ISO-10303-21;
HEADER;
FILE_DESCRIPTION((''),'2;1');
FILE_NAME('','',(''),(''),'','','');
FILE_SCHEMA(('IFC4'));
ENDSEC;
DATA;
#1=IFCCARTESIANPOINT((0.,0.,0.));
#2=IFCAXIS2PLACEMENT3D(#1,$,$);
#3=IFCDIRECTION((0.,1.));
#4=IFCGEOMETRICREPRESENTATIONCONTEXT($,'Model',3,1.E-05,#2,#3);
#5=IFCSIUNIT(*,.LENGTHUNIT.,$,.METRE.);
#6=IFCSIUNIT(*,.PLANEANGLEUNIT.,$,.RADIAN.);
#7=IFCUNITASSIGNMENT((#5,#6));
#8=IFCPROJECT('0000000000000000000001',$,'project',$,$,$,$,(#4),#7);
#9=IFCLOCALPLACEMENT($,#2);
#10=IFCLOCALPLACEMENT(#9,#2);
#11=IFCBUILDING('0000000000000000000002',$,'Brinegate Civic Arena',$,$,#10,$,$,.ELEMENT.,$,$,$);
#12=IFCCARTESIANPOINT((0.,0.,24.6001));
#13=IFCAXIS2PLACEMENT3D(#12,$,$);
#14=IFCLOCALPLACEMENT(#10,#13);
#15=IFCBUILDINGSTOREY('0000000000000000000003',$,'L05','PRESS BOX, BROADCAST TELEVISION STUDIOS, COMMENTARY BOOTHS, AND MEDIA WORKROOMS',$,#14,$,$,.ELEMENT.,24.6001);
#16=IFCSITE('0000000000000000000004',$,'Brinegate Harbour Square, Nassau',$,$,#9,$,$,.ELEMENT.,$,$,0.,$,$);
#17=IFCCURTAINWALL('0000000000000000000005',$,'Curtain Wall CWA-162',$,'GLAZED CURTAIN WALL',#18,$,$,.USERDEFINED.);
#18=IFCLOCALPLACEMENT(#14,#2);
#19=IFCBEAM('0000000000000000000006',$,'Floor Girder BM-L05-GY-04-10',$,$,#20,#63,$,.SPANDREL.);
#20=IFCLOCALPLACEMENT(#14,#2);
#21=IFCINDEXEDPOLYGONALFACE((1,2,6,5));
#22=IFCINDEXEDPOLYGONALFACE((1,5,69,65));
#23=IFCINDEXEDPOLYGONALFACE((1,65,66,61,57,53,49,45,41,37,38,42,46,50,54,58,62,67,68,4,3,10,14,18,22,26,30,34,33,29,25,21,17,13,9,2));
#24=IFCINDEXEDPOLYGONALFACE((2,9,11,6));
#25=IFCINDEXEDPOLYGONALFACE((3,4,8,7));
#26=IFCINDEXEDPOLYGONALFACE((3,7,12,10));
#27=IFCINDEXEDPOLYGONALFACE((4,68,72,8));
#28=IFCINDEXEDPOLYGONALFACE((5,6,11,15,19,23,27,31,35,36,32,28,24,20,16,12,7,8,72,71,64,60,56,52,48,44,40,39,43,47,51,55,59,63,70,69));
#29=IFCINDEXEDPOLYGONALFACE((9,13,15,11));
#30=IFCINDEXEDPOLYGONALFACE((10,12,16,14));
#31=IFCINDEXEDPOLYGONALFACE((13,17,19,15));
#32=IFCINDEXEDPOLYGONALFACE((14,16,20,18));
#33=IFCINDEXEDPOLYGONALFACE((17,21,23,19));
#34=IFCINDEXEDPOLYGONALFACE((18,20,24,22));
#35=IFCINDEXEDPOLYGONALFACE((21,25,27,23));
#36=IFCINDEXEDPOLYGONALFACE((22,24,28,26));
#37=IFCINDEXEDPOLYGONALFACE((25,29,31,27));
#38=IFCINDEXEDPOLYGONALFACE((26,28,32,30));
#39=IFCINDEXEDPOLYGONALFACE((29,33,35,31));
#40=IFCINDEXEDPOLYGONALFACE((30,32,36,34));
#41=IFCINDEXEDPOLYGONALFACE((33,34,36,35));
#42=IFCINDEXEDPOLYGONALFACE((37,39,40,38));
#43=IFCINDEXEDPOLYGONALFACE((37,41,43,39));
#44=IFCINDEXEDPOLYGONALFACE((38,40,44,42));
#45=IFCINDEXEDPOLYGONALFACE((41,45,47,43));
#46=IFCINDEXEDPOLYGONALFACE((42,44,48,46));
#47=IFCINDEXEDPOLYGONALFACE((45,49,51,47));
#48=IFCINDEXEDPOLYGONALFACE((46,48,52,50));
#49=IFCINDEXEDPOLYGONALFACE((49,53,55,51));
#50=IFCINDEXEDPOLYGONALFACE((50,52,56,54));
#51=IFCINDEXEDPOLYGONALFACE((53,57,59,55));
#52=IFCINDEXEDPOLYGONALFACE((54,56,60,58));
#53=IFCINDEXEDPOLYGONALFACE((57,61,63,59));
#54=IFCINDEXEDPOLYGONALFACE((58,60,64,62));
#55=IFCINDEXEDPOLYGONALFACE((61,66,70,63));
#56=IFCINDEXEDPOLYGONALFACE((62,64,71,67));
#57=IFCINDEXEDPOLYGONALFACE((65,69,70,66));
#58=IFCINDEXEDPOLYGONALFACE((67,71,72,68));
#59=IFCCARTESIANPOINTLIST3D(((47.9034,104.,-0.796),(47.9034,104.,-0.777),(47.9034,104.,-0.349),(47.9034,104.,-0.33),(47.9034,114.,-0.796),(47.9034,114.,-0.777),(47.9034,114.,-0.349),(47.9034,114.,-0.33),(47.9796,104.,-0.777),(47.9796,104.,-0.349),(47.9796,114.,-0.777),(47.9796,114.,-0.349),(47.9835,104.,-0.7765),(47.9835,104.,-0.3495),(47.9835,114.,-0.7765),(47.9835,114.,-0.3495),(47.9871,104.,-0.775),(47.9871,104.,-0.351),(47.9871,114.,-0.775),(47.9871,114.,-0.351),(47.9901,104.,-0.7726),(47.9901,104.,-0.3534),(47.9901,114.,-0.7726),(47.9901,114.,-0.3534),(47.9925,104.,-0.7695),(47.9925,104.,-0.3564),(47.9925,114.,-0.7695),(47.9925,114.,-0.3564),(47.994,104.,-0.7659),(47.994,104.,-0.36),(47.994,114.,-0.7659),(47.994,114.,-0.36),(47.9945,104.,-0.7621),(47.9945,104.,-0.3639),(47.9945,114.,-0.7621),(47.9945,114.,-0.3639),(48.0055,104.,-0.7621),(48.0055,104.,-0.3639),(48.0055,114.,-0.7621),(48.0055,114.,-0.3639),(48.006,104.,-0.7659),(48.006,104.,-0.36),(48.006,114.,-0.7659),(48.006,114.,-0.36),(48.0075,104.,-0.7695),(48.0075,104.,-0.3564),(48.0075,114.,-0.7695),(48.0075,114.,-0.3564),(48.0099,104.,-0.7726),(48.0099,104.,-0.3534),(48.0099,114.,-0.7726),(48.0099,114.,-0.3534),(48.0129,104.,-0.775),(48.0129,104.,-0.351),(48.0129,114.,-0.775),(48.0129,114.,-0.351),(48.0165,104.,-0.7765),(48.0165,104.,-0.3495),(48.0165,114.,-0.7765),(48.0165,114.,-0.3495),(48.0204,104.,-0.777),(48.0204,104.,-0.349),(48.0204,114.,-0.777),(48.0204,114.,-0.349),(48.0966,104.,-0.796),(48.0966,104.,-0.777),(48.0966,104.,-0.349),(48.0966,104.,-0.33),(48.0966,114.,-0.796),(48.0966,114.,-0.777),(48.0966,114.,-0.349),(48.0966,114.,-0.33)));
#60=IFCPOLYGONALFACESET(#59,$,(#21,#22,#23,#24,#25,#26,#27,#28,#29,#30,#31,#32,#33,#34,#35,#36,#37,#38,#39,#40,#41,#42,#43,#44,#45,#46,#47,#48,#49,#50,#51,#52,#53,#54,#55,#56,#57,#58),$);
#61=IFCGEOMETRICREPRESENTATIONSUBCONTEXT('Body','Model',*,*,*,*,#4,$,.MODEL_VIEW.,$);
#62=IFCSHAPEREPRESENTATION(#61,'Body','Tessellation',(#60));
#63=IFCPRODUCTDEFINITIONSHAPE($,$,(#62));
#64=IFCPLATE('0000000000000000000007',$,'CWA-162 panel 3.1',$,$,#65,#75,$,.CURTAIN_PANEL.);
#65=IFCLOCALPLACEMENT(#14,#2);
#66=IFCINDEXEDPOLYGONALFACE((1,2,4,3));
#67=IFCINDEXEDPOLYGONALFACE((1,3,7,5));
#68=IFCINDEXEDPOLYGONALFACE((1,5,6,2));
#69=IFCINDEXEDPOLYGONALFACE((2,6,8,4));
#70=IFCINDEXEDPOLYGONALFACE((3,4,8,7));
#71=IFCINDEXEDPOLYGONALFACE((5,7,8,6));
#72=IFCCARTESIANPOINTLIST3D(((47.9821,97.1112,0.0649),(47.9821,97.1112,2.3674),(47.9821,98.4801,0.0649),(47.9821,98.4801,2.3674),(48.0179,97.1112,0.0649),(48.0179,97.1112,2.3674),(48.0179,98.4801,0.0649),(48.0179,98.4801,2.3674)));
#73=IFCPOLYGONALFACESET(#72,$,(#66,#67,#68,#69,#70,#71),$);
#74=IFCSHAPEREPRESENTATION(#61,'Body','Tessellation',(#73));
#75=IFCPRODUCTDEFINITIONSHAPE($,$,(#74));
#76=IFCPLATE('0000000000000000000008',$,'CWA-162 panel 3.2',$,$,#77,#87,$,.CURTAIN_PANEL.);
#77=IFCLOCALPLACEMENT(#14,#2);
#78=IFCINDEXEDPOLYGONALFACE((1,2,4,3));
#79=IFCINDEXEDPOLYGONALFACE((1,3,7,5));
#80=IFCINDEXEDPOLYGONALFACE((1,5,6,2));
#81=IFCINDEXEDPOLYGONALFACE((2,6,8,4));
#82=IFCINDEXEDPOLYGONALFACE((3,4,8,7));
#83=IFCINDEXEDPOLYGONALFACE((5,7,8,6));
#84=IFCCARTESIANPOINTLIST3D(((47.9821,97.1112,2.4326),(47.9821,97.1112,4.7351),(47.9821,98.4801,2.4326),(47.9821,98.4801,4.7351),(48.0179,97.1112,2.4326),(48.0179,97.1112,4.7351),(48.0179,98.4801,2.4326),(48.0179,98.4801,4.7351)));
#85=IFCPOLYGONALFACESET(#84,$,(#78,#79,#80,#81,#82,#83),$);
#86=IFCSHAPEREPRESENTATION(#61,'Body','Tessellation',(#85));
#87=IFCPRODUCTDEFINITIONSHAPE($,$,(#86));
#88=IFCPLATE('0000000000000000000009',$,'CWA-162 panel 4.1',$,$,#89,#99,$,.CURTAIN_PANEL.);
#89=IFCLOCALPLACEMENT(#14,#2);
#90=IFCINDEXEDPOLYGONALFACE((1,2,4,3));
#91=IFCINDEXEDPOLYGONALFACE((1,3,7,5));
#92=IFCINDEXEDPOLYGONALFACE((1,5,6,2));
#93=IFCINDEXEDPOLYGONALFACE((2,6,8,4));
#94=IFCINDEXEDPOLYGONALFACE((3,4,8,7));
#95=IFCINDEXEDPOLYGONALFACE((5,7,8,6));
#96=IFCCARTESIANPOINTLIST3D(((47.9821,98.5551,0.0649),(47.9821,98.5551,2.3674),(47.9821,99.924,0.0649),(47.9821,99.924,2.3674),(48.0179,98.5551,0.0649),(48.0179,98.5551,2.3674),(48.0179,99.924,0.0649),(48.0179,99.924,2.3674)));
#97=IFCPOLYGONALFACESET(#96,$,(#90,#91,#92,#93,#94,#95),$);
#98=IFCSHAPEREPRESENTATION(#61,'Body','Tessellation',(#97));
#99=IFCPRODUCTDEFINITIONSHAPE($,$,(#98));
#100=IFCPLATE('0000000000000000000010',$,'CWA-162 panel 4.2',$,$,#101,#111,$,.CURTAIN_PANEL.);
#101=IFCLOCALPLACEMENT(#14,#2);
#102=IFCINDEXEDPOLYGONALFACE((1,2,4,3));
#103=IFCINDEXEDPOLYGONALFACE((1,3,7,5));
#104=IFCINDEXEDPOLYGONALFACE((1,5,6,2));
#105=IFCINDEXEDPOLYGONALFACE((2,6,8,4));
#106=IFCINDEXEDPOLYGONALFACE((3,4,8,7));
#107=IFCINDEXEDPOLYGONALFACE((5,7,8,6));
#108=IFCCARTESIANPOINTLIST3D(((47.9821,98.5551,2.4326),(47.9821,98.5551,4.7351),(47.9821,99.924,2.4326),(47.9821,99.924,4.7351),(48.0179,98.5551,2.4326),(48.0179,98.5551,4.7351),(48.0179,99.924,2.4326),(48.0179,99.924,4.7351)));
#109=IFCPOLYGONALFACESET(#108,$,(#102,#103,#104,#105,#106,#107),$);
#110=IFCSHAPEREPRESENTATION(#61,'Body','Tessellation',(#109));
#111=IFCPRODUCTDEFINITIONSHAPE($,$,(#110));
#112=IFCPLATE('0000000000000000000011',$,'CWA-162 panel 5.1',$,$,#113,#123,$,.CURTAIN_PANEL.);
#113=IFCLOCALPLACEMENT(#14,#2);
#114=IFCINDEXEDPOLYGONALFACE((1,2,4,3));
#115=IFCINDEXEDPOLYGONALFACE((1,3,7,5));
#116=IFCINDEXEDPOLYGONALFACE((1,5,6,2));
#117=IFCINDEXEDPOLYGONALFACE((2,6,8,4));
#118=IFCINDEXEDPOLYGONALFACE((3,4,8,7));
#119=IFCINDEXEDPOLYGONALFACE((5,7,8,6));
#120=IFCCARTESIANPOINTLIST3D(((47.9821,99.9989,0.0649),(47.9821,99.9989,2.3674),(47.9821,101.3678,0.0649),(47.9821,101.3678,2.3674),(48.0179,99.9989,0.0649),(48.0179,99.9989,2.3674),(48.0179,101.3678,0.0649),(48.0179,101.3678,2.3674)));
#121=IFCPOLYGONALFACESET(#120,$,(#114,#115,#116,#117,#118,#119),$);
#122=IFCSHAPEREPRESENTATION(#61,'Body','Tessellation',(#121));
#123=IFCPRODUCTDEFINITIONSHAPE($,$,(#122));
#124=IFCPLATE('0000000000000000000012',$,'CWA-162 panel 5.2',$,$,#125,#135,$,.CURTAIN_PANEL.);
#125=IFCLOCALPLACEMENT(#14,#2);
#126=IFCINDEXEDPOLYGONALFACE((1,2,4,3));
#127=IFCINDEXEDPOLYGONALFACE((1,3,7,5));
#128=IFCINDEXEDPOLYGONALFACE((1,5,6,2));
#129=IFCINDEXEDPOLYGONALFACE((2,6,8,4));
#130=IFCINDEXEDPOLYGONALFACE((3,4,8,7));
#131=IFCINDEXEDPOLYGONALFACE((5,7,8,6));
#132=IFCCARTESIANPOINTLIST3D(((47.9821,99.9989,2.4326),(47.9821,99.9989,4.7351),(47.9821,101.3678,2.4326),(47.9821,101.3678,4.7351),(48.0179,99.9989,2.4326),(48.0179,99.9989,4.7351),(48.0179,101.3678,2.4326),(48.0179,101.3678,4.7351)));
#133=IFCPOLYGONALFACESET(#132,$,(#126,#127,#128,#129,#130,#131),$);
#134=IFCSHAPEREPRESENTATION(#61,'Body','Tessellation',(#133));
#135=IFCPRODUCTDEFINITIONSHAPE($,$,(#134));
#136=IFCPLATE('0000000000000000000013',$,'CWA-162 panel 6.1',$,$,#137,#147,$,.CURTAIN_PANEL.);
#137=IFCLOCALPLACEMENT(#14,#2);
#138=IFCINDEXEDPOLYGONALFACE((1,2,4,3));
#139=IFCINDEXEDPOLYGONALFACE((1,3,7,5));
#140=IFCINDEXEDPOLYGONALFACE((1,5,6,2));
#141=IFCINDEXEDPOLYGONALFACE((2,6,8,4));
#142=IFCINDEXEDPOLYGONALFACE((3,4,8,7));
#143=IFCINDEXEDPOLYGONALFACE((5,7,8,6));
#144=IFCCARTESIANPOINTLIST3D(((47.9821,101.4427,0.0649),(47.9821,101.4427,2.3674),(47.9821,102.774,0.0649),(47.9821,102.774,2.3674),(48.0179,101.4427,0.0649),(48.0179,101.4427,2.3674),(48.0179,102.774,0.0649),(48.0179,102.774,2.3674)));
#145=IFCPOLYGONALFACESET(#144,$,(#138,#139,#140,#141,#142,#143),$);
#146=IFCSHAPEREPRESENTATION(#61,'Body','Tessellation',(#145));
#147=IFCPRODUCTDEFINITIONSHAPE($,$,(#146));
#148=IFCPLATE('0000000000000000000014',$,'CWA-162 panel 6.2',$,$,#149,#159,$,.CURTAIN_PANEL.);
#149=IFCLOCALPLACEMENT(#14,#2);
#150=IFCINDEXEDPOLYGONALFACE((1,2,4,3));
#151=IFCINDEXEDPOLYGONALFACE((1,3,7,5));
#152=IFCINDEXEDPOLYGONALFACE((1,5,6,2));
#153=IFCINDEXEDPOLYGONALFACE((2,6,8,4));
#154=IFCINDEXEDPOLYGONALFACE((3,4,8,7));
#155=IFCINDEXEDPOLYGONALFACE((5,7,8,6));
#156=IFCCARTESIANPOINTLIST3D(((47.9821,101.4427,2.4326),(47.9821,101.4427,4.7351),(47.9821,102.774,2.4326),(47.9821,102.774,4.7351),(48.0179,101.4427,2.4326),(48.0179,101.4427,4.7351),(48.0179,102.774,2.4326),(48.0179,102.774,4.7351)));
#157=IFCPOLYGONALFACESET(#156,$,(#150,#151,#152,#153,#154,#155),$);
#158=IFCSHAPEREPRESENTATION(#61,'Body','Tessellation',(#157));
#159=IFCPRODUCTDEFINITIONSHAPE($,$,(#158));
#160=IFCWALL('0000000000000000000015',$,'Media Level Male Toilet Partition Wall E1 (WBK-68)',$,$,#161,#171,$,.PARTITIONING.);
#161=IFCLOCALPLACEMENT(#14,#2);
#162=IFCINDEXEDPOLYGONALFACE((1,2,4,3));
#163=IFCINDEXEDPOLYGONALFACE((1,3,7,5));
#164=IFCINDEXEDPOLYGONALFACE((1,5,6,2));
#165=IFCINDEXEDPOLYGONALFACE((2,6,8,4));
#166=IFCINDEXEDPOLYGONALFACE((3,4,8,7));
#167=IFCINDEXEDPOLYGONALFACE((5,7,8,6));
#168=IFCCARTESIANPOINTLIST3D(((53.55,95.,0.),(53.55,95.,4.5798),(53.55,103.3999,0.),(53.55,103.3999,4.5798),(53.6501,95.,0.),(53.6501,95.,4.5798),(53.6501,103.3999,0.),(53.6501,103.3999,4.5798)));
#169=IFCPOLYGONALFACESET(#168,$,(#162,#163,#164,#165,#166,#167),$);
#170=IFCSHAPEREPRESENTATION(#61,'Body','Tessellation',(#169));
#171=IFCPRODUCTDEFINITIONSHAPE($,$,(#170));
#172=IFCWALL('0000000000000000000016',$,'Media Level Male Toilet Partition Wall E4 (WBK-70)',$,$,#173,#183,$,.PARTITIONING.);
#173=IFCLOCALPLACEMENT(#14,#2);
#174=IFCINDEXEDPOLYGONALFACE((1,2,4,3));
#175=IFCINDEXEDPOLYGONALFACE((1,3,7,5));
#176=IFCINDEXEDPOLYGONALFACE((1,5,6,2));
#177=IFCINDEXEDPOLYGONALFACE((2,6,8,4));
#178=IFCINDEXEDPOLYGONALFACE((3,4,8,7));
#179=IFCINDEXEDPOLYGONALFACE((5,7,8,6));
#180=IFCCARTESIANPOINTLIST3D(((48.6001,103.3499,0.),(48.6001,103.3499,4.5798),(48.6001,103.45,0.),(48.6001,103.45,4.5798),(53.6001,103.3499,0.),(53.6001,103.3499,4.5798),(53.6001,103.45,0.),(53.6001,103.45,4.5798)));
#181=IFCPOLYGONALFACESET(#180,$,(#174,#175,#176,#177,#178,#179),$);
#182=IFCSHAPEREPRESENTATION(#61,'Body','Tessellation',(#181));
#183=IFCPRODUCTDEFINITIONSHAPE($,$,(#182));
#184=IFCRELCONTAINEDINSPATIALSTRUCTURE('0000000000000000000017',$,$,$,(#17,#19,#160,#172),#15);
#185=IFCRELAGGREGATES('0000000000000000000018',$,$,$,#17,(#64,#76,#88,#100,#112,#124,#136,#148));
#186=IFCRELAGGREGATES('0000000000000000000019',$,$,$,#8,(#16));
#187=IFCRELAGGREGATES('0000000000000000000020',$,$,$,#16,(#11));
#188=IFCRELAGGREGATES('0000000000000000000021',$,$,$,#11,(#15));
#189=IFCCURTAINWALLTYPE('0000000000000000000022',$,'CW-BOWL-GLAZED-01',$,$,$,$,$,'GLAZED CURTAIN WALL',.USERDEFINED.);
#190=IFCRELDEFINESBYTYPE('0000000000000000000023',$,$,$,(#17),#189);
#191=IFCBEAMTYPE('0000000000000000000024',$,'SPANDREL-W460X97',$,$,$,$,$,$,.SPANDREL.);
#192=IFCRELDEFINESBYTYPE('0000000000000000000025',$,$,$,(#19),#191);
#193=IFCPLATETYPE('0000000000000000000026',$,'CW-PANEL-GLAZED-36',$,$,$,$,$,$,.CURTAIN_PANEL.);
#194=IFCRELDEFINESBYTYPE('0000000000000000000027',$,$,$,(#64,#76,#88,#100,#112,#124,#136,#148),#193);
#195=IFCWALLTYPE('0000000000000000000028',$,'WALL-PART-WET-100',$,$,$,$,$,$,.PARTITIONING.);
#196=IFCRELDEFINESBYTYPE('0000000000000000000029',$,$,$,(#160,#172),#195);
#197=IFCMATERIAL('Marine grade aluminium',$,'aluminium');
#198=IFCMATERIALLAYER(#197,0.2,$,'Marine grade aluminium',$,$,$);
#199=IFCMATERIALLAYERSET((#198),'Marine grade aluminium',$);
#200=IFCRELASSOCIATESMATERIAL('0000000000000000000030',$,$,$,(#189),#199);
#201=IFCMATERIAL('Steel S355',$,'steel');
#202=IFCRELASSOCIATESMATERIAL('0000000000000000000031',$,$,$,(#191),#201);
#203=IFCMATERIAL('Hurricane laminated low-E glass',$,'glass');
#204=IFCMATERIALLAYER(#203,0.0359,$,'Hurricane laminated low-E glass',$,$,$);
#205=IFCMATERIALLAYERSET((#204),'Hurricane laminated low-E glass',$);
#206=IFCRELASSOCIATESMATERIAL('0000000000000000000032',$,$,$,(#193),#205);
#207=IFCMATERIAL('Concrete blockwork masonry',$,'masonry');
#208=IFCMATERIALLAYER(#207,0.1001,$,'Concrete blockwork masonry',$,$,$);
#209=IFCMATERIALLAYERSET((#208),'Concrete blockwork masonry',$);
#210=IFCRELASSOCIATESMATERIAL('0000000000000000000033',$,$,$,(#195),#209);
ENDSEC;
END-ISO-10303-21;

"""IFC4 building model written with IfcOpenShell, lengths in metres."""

from ifc_helpers import new_model, si_unit, direction, frame, frame_2d, origin, origin_2d, place, context, subcontext, project, spatial, rectangle, i_section, extrude, material, layer, layer_set, material_profile, profile_set, type_object, element, aggregate, save


model = new_model("IFC4")

# Units and contexts
model_context = context("Model", 3, precision=1e-05, world=origin(), true_north=direction((0.0, 1.0)))
body_context = subcontext(model_context, "Body", "Model", "MODEL_VIEW")
ifc_project = project(units=[si_unit("LENGTHUNIT", "METRE"), si_unit("PLANEANGLEUNIT", "RADIAN")], contexts=[model_context])

# Site, building, storey
site_placement = place(None, origin())
site = spatial("IfcSite", under=ifc_project, at=site_placement, Name="Brinegate Harbour Square, Nassau", CompositionType="ELEMENT", RefElevation=0.0)
building_placement = place(site_placement, origin())
building = spatial("IfcBuilding", under=site, at=building_placement, Name="Brinegate Civic Arena", CompositionType="ELEMENT")
storey_placement = place(building_placement, frame((0.0, 0.0, 24.6001)))
storey = spatial("IfcBuildingStorey", under=building, at=storey_placement, Name="L05", Description="PRESS BOX, BROADCAST TELEVISION STUDIOS, COMMENTARY BOOTHS, AND MEDIA WORKROOMS", CompositionType="ELEMENT", Elevation=24.6001)

# Curtain wall
ifc_material_1 = material(Name="Marine grade aluminium", Category="aluminium")
ifc_layer_1 = layer(ifc_material_1, 0.2, Name="Marine grade aluminium")
ifc_layer_set_1 = layer_set([ifc_layer_1], Name="Marine grade aluminium")
curtain_wall_type = type_object("IfcCurtainWallType", Name="CW-BOWL-GLAZED-01", ElementType="GLAZED CURTAIN WALL", PredefinedType="USERDEFINED", material=ifc_layer_set_1)
curtain_wall_placement = place(storey_placement, origin())
curtain_wall = element("IfcCurtainWall", 1, at=curtain_wall_placement, inside=storey, type_object=curtain_wall_type, Name="Curtain Wall CWA-162", ObjectType="GLAZED CURTAIN WALL", PredefinedType="USERDEFINED")

# Beam
ifc_material_2 = material(Name="Steel S355", Category="steel")
ifc_material_profile_1 = material_profile(ifc_material_2, i_section(OverallWidth=0.1931, OverallDepth=0.4661, WebThickness=0.011, FlangeThickness=0.019, FilletRadius=0.0149, at=origin_2d()), Name="W460X97")
ifc_profile_set_1 = profile_set([ifc_material_profile_1], Name="Steel S355")
beam_type_1 = type_object("IfcBeamType", Name="SPANDREL-W460X97", PredefinedType="SPANDREL", material=ifc_profile_set_1)
beam_1_placement = place(storey_placement, frame((48.0, 104.0, -0.563), z_axis=(0.0, 1.0, 0.0), x_axis=(-1.0, 0.0, 0.0)))
element("IfcBeam", 2, at=beam_1_placement, inside=storey, type_object=beam_type_1, Name="Floor Girder BM-L05-GY-04-10", PredefinedType="SPANDREL", context=body_context, shape_type="SweptSolid", body=[
    extrude(i_section(OverallWidth=0.1931, OverallDepth=0.4661, WebThickness=0.011, FlangeThickness=0.019, FilletRadius=0.0149, at=origin_2d()), origin(), (0.0, 0.0, 1.0), 10.0),
])

# Plates
ifc_material_3 = material(Name="Hurricane laminated low-E glass", Category="glass")
ifc_layer_2 = layer(ifc_material_3, 0.0359, Name="Hurricane laminated low-E glass")
ifc_layer_set_2 = layer_set([ifc_layer_2], Name="Hurricane laminated low-E glass")
plate_type = type_object("IfcPlateType", Name="CW-PANEL-GLAZED-36", PredefinedType="CURTAIN_PANEL", material=ifc_layer_set_2)
plate_1_placement = place(storey_placement, frame((48.0, 97.7957, 0.0649), z_axis=(0.0, 0.0, 1.0), x_axis=(0.0, 1.0, 0.0)))
plate_1 = element("IfcPlate", 3, at=plate_1_placement, type_object=plate_type, Name="CWA-162 panel 3.1", PredefinedType="CURTAIN_PANEL", context=body_context, shape_type="SweptSolid", body=[
    extrude(rectangle(XDim=1.3689, YDim=0.0359, at=origin_2d()), origin(), (0.0, 0.0, 1.0), 2.3025),
])
plate_2_placement = place(storey_placement, frame((48.0, 97.7957, 2.4326), z_axis=(0.0, 0.0, 1.0), x_axis=(0.0, 1.0, 0.0)))
plate_2 = element("IfcPlate", 4, at=plate_2_placement, type_object=plate_type, Name="CWA-162 panel 3.2", PredefinedType="CURTAIN_PANEL", context=body_context, shape_type="SweptSolid", body=[
    extrude(rectangle(XDim=1.3689, YDim=0.0359, at=origin_2d()), origin(), (0.0, 0.0, 1.0), 2.3025),
])
plate_3_placement = place(storey_placement, frame((48.0, 99.2395, 0.0649), z_axis=(0.0, 0.0, 1.0), x_axis=(0.0, 1.0, 0.0)))
plate_3 = element("IfcPlate", 5, at=plate_3_placement, type_object=plate_type, Name="CWA-162 panel 4.1", PredefinedType="CURTAIN_PANEL", context=body_context, shape_type="SweptSolid", body=[
    extrude(rectangle(XDim=1.3689, YDim=0.0359, at=origin_2d()), origin(), (0.0, 0.0, 1.0), 2.3025),
])
plate_4_placement = place(storey_placement, frame((48.0, 99.2395, 2.4326), z_axis=(0.0, 0.0, 1.0), x_axis=(0.0, 1.0, 0.0)))
plate_4 = element("IfcPlate", 6, at=plate_4_placement, type_object=plate_type, Name="CWA-162 panel 4.2", PredefinedType="CURTAIN_PANEL", context=body_context, shape_type="SweptSolid", body=[
    extrude(rectangle(XDim=1.3689, YDim=0.0359, at=origin_2d()), origin(), (0.0, 0.0, 1.0), 2.3025),
])
plate_5_placement = place(storey_placement, frame((48.0, 100.6833, 0.0649), z_axis=(0.0, 0.0, 1.0), x_axis=(0.0, 1.0, 0.0)))
plate_5 = element("IfcPlate", 7, at=plate_5_placement, type_object=plate_type, Name="CWA-162 panel 5.1", PredefinedType="CURTAIN_PANEL", context=body_context, shape_type="SweptSolid", body=[
    extrude(rectangle(XDim=1.3689, YDim=0.0359, at=origin_2d()), origin(), (0.0, 0.0, 1.0), 2.3025),
])
plate_6_placement = place(storey_placement, frame((48.0, 100.6833, 2.4326), z_axis=(0.0, 0.0, 1.0), x_axis=(0.0, 1.0, 0.0)))
plate_6 = element("IfcPlate", 8, at=plate_6_placement, type_object=plate_type, Name="CWA-162 panel 5.2", PredefinedType="CURTAIN_PANEL", context=body_context, shape_type="SweptSolid", body=[
    extrude(rectangle(XDim=1.3689, YDim=0.0359, at=origin_2d()), origin(), (0.0, 0.0, 1.0), 2.3025),
])
plate_7_placement = place(storey_placement, frame((48.0, 102.1084, 0.0649), z_axis=(0.0, 0.0, 1.0), x_axis=(0.0, 1.0, 0.0)))
plate_7 = element("IfcPlate", 9, at=plate_7_placement, type_object=plate_type, Name="CWA-162 panel 6.1", PredefinedType="CURTAIN_PANEL", context=body_context, shape_type="SweptSolid", body=[
    extrude(rectangle(XDim=1.3313, YDim=0.0359, at=origin_2d()), origin(), (0.0, 0.0, 1.0), 2.3025),
])
plate_8_placement = place(storey_placement, frame((48.0, 102.1084, 2.4326), z_axis=(0.0, 0.0, 1.0), x_axis=(0.0, 1.0, 0.0)))
plate_8 = element("IfcPlate", 10, at=plate_8_placement, type_object=plate_type, Name="CWA-162 panel 6.2", PredefinedType="CURTAIN_PANEL", context=body_context, shape_type="SweptSolid", body=[
    extrude(rectangle(XDim=1.3313, YDim=0.0359, at=origin_2d()), origin(), (0.0, 0.0, 1.0), 2.3025),
])
aggregate(curtain_wall, [plate_1, plate_2, plate_3, plate_4, plate_5, plate_6, plate_7, plate_8])

# Walls
ifc_material_4 = material(Name="Concrete blockwork masonry", Category="masonry")
ifc_layer_3 = layer(ifc_material_4, 0.1001, Name="Concrete blockwork masonry")
ifc_layer_set_3 = layer_set([ifc_layer_3], Name="Concrete blockwork masonry")
wall_type = type_object("IfcWallType", Name="WALL-PART-WET-100", PredefinedType="PARTITIONING", material=ifc_layer_set_3)
wall_1_placement = place(storey_placement, frame((53.6001, 103.3999, 0.0), z_axis=(0.0, 0.0, 1.0), x_axis=(0.0, -1.0, 0.0)))
element("IfcWall", 11, at=wall_1_placement, inside=storey, type_object=wall_type, Name="Media Level Male Toilet Partition Wall E1 (WBK-68)", PredefinedType="PARTITIONING", context=body_context, shape_type="SweptSolid", body=[
    extrude(rectangle(XDim=8.3999, YDim=0.1001, at=frame_2d((4.2, 0.0))), origin(), (0.0, 0.0, 1.0), 4.5798),
])
wall_2_placement = place(storey_placement, frame((48.6001, 103.3999, 0.0), z_axis=(0.0, 0.0, 1.0), x_axis=(1.0, 0.0, 0.0)))
element("IfcWall", 12, at=wall_2_placement, inside=storey, type_object=wall_type, Name="Media Level Male Toilet Partition Wall E4 (WBK-70)", PredefinedType="PARTITIONING", context=body_context, shape_type="SweptSolid", body=[
    extrude(rectangle(XDim=5.0, YDim=0.1001, at=frame_2d((2.5, 0.0))), origin(), (0.0, 0.0, 1.0), 4.5798),
])

save(model, "model.ifc")
